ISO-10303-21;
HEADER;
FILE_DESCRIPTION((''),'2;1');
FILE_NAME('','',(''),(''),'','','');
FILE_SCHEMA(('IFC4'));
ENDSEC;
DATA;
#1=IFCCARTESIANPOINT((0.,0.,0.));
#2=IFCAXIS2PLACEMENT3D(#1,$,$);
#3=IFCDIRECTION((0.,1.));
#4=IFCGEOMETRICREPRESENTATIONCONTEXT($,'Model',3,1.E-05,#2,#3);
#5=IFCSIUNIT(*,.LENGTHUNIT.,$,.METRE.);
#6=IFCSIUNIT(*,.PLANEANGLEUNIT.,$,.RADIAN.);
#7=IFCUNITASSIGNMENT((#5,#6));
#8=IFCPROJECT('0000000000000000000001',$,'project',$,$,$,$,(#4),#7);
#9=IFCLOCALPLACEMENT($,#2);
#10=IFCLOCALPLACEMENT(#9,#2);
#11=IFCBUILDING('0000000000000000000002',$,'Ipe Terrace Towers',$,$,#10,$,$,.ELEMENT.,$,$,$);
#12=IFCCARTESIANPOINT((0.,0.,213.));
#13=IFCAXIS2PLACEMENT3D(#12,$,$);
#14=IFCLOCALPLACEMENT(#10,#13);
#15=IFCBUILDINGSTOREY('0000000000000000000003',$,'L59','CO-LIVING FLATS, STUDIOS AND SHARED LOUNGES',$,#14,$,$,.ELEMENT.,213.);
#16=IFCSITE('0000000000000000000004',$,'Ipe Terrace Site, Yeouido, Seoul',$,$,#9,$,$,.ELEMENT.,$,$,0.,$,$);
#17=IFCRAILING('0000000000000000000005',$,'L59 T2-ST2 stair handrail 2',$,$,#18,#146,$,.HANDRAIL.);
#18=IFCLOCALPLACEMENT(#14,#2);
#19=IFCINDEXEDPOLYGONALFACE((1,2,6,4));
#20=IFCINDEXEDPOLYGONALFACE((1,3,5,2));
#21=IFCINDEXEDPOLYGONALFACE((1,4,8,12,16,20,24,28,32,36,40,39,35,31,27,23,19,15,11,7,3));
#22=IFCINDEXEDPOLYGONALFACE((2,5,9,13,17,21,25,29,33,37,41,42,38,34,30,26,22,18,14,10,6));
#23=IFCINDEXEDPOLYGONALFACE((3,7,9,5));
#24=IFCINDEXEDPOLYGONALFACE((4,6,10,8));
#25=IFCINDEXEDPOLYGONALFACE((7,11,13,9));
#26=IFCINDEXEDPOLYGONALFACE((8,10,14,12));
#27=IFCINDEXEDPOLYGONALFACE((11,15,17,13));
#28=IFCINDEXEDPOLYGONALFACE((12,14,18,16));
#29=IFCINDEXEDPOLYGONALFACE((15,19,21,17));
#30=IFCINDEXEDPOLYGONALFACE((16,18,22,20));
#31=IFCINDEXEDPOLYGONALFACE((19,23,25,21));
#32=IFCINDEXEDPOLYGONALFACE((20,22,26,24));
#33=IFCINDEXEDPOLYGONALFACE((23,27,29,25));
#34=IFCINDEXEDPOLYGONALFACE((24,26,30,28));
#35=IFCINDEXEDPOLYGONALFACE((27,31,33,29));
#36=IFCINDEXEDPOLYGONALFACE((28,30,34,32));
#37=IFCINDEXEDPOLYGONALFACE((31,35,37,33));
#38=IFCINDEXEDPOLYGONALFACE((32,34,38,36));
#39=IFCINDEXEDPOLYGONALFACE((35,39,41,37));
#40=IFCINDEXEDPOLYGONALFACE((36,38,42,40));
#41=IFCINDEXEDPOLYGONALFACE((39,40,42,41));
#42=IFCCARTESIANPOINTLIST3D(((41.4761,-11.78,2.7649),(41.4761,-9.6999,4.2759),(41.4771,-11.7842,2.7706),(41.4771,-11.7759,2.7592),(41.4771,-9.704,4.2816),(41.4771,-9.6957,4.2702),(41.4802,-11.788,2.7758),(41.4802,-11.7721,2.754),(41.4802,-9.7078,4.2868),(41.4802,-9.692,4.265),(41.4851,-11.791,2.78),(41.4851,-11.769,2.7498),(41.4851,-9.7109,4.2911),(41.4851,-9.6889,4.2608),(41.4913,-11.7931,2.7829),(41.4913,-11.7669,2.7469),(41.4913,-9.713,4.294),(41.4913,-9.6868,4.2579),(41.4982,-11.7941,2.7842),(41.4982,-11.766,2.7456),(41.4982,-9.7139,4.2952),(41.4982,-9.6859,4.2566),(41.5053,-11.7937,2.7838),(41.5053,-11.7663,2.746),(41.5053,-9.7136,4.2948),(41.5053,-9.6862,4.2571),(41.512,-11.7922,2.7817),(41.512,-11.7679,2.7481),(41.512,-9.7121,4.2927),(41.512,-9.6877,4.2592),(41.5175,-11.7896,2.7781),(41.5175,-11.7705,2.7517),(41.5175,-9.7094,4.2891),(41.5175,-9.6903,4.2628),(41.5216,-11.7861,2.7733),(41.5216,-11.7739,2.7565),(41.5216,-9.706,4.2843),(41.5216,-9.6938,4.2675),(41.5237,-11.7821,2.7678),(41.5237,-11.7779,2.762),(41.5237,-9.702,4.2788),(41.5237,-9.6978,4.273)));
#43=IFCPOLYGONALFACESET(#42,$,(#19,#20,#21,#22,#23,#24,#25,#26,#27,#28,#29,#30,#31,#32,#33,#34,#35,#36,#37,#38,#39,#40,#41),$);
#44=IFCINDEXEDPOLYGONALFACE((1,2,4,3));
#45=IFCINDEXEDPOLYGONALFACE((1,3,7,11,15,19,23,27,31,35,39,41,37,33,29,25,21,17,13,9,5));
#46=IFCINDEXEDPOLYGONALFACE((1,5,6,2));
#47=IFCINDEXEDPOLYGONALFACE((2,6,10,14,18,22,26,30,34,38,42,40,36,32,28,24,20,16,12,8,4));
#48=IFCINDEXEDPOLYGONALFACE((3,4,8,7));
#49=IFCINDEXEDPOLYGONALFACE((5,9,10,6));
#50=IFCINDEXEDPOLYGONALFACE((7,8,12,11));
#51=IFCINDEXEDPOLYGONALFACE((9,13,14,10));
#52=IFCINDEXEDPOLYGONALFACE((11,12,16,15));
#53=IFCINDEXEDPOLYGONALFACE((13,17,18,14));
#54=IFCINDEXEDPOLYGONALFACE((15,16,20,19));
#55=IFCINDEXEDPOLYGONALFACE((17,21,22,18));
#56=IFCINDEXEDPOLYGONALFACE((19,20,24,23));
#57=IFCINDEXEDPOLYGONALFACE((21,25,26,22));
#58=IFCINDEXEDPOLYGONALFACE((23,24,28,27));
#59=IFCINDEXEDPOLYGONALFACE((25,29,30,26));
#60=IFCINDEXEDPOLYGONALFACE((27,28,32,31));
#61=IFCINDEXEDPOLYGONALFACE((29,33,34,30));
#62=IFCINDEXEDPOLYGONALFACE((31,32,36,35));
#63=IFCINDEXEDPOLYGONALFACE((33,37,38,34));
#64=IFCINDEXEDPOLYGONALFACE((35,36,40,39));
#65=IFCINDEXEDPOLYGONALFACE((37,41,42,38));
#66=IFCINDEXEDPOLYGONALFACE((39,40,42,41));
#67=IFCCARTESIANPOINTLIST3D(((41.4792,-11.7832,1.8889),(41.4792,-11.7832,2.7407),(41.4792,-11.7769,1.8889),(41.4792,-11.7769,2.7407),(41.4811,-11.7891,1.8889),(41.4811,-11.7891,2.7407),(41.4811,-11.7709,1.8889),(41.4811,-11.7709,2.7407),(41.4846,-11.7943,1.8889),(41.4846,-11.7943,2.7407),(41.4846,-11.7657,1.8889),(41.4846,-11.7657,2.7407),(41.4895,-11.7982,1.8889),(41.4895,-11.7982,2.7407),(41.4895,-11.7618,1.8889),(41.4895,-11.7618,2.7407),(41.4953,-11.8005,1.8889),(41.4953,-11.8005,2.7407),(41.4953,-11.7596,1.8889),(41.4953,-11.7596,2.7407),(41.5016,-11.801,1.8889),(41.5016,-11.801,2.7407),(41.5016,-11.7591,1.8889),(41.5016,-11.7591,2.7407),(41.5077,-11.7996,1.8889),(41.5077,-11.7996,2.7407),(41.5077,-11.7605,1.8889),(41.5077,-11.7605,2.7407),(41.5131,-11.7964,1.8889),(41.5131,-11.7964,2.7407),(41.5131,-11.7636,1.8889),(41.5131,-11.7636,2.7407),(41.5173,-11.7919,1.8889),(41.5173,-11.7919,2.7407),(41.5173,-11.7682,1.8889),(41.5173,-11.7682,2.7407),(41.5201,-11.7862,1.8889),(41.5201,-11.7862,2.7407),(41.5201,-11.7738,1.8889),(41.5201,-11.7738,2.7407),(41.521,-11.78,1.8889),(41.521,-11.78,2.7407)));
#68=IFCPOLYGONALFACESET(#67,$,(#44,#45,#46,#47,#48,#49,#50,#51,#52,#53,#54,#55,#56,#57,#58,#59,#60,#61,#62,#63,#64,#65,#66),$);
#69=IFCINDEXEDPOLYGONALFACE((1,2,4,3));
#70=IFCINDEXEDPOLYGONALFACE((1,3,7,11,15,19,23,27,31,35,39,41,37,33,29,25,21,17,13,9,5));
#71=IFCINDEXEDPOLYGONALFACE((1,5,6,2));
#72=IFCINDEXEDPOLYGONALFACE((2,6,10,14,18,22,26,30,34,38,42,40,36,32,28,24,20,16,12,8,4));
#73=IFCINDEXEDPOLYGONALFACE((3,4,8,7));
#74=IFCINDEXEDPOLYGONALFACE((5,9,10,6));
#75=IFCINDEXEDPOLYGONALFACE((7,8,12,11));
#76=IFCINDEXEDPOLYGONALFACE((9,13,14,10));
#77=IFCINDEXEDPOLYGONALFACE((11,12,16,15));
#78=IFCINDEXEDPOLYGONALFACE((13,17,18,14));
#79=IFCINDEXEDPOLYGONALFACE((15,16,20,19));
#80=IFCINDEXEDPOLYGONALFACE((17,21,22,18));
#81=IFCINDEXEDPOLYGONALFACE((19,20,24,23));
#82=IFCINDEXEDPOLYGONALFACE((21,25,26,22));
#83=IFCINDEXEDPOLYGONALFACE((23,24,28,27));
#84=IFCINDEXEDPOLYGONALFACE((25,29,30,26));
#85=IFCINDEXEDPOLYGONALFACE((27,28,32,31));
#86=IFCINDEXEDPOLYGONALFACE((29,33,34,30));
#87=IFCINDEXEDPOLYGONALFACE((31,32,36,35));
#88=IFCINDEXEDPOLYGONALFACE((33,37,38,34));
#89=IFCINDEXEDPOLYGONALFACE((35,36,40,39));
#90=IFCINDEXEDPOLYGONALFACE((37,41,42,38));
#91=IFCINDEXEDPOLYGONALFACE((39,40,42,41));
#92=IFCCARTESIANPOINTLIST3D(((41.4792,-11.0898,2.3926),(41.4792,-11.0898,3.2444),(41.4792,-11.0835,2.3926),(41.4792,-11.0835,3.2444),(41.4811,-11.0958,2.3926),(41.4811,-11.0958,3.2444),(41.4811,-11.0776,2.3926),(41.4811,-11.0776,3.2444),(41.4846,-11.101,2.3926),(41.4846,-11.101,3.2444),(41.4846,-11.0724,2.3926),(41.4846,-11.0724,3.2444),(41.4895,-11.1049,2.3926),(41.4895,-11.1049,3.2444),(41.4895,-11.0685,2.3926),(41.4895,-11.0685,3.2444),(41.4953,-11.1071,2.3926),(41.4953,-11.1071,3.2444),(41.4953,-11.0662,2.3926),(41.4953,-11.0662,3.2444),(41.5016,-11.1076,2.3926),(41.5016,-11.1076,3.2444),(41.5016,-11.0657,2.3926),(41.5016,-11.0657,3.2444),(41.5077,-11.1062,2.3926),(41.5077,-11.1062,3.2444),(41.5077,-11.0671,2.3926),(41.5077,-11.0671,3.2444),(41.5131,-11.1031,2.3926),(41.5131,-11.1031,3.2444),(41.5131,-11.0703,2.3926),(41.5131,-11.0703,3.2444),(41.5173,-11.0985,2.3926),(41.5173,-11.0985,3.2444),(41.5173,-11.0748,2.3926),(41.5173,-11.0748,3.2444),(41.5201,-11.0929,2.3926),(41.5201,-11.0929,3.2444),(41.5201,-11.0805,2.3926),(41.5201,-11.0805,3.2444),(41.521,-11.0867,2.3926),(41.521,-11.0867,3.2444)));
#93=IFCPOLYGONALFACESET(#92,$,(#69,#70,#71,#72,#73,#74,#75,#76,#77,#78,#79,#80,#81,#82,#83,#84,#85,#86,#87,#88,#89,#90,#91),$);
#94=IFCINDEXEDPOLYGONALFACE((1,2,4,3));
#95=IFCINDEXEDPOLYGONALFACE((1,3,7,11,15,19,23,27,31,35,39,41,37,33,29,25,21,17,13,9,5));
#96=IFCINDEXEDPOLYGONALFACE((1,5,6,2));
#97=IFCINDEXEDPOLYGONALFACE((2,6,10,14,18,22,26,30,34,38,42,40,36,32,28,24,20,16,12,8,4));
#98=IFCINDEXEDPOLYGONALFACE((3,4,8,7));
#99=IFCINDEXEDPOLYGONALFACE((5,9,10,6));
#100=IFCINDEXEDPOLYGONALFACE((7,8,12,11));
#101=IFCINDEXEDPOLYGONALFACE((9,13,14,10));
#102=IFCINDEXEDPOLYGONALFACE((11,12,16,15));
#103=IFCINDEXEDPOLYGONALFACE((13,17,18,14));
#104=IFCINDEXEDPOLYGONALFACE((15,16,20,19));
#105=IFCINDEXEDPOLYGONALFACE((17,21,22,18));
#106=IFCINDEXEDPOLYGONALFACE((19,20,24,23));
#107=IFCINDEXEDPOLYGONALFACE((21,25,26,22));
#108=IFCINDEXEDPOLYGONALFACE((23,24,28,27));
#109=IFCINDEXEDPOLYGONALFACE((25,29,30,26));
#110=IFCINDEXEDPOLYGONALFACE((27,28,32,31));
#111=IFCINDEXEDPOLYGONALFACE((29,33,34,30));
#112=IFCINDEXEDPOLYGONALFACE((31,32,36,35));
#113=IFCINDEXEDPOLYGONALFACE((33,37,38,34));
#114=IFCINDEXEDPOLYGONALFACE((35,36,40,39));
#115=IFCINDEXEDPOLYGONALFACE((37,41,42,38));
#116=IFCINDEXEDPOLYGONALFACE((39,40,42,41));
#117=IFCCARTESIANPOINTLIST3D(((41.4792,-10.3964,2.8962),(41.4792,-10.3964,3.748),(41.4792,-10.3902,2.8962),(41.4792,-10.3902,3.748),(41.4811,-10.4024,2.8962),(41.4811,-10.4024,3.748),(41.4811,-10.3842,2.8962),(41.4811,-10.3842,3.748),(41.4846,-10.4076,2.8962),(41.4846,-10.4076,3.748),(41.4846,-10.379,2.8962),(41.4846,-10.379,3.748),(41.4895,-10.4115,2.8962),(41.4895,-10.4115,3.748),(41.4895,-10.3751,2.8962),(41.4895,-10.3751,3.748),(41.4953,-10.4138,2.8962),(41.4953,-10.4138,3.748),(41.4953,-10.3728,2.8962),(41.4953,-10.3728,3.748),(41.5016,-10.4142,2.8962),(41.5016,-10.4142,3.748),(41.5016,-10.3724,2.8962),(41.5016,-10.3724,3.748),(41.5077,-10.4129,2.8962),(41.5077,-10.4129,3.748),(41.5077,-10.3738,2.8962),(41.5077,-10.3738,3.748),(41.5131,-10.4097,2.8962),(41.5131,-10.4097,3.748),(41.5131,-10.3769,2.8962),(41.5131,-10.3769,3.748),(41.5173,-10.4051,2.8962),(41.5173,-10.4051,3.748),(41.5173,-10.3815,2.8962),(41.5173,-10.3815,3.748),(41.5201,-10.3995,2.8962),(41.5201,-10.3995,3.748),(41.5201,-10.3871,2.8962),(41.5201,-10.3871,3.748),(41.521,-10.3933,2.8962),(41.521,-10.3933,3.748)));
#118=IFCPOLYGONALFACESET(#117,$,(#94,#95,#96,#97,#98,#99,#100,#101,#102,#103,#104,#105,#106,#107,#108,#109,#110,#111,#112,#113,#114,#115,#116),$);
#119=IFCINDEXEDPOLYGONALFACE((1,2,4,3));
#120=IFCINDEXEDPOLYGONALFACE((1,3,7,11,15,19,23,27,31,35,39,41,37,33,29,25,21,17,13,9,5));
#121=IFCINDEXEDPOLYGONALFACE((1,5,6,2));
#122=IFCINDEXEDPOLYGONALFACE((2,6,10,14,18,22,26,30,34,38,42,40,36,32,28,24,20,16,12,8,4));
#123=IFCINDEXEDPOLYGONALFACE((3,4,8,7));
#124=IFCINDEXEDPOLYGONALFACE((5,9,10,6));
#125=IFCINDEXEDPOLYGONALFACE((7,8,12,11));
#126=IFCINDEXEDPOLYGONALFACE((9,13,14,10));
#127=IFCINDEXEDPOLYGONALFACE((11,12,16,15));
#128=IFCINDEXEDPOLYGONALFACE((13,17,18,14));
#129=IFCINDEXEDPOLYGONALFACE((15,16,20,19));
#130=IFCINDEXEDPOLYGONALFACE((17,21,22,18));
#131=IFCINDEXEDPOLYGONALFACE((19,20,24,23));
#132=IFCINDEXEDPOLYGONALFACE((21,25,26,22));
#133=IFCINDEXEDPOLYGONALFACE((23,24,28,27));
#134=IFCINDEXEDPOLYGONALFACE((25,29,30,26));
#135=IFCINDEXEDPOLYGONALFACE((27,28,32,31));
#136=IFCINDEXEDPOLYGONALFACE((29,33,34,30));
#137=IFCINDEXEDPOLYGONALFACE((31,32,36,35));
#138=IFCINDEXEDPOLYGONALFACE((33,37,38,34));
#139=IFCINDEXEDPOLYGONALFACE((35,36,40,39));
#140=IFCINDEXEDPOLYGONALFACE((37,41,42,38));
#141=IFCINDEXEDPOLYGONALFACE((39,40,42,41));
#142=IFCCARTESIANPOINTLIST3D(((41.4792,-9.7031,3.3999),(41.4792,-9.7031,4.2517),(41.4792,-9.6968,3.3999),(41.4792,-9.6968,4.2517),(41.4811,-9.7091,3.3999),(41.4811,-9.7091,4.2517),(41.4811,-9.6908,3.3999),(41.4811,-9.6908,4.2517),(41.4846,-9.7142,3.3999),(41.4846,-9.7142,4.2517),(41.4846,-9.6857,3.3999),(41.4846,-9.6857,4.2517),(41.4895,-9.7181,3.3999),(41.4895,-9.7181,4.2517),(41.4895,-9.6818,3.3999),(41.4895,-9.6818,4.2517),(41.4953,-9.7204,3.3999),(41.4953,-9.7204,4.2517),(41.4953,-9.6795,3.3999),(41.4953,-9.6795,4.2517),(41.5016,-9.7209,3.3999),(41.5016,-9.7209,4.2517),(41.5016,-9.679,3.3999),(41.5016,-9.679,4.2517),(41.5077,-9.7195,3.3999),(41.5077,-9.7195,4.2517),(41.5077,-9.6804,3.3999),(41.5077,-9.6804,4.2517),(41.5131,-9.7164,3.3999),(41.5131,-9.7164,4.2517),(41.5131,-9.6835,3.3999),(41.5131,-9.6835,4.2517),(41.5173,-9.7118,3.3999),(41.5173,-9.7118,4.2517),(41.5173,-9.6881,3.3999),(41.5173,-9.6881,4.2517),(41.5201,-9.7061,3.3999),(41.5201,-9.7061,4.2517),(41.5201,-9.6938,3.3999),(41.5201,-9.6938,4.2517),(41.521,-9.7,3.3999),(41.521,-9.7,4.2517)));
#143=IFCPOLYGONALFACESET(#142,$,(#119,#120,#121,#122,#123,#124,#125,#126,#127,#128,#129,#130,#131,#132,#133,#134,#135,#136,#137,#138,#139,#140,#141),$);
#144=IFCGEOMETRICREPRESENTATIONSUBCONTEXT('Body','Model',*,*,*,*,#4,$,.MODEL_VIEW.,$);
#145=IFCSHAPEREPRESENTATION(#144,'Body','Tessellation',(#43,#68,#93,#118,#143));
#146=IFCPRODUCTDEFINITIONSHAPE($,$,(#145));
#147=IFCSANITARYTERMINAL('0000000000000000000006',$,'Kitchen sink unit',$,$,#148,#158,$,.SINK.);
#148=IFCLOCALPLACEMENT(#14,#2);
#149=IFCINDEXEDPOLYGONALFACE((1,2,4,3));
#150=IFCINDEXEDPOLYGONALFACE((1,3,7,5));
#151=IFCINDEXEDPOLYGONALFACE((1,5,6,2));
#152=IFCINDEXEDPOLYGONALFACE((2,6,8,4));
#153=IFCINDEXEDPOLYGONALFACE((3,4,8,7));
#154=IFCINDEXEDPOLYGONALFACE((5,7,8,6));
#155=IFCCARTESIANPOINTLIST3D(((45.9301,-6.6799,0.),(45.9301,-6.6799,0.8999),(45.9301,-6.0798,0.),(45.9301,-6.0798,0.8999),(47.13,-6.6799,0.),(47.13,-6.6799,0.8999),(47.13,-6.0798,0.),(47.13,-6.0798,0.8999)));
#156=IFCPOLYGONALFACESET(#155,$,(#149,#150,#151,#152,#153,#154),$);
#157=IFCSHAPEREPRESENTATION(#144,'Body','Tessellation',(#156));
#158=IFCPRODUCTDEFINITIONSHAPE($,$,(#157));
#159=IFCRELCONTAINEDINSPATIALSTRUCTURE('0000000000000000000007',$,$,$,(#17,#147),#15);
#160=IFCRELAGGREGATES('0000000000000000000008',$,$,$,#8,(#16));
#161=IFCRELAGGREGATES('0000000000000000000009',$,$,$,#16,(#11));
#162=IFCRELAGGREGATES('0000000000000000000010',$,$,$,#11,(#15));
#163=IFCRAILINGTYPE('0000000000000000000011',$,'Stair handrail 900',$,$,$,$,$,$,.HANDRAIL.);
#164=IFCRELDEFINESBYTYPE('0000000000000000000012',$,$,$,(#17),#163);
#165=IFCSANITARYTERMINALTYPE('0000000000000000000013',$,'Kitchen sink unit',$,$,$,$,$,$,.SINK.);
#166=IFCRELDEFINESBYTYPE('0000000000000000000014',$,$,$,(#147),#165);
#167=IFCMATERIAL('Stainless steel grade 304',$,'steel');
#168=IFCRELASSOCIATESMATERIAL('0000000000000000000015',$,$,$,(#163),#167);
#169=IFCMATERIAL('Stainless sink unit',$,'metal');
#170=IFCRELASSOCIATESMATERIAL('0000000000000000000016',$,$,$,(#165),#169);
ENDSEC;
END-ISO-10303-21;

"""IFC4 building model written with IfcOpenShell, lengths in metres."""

from ifc_helpers import new_model, si_unit, direction, frame, origin, origin_2d, place, context, subcontext, project, spatial, rectangle, circle, extrude, material, type_object, element, save


model = new_model("IFC4")

# Units and contexts
model_context = context("Model", 3, precision=1e-05, world=origin(), true_north=direction((0.0, 1.0)))
body_context = subcontext(model_context, "Body", "Model", "MODEL_VIEW")
ifc_project = project(units=[si_unit("LENGTHUNIT", "METRE"), si_unit("PLANEANGLEUNIT", "RADIAN")], contexts=[model_context])

# Site, building, storey
site_placement = place(None, origin())
site = spatial("IfcSite", under=ifc_project, at=site_placement, Name="Ipe Terrace Site, Yeouido, Seoul", CompositionType="ELEMENT", RefElevation=0.0)
building_placement = place(site_placement, origin())
building = spatial("IfcBuilding", under=site, at=building_placement, Name="Ipe Terrace Towers", CompositionType="ELEMENT")
storey_placement = place(building_placement, frame((0.0, 0.0, 213.0)))
storey = spatial("IfcBuildingStorey", under=building, at=storey_placement, Name="L59", Description="CO-LIVING FLATS, STUDIOS AND SHARED LOUNGES", CompositionType="ELEMENT", Elevation=213.0)

# Railing
ifc_material_1 = material(Name="Stainless steel grade 304", Category="steel")
railing_type_1 = type_object("IfcRailingType", Name="Stair handrail 900", PredefinedType="HANDRAIL", material=ifc_material_1)
railing_1_placement = place(storey_placement, frame((41.5, -11.78, 1.8889)))
element("IfcRailing", 1, at=railing_1_placement, inside=storey, type_object=railing_type_1, Name="L59 T2-ST2 stair handrail 2", PredefinedType="HANDRAIL", context=body_context, shape_type="SweptSolid", body=[
    extrude(circle(Radius=0.0239, at=origin_2d()), frame((0.0, 0.0, 0.876), z_axis=(0.0, 0.809069, 0.587714), x_axis=(-1.0, 0.0, 0.0)), (0.0, 0.0, 1.0), 2.571),
    extrude(circle(Radius=0.021, at=origin_2d()), origin(), (0.0, 0.0, 1.0), 0.8518),
    extrude(circle(Radius=0.021, at=origin_2d()), frame((0.0, 0.6934, 0.5037)), (0.0, 0.0, 1.0), 0.8518),
    extrude(circle(Radius=0.021, at=origin_2d()), frame((0.0, 1.3867, 1.0073)), (0.0, 0.0, 1.0), 0.8518),
    extrude(circle(Radius=0.021, at=origin_2d()), frame((0.0, 2.0801, 1.511)), (0.0, 0.0, 1.0), 0.8518),
])

# Sanitary terminal
ifc_material_2 = material(Name="Stainless sink unit", Category="metal")
sanitary_terminal_type = type_object("IfcSanitaryTerminalType", Name="Kitchen sink unit", PredefinedType="SINK", material=ifc_material_2)
sanitary_terminal_placement = place(storey_placement, frame((46.53, -6.3799, 0.0), z_axis=(0.0, 0.0, 1.0), x_axis=(-1.0, 0.0, 0.0)))
element("IfcSanitaryTerminal", 2, at=sanitary_terminal_placement, inside=storey, type_object=sanitary_terminal_type, Name="Kitchen sink unit", PredefinedType="SINK", context=body_context, shape_type="SweptSolid", body=[
    extrude(rectangle(XDim=1.2, YDim=0.6001, at=origin_2d()), origin(), (0.0, 0.0, 1.0), 0.8999),
])

save(model, "model.ifc")
